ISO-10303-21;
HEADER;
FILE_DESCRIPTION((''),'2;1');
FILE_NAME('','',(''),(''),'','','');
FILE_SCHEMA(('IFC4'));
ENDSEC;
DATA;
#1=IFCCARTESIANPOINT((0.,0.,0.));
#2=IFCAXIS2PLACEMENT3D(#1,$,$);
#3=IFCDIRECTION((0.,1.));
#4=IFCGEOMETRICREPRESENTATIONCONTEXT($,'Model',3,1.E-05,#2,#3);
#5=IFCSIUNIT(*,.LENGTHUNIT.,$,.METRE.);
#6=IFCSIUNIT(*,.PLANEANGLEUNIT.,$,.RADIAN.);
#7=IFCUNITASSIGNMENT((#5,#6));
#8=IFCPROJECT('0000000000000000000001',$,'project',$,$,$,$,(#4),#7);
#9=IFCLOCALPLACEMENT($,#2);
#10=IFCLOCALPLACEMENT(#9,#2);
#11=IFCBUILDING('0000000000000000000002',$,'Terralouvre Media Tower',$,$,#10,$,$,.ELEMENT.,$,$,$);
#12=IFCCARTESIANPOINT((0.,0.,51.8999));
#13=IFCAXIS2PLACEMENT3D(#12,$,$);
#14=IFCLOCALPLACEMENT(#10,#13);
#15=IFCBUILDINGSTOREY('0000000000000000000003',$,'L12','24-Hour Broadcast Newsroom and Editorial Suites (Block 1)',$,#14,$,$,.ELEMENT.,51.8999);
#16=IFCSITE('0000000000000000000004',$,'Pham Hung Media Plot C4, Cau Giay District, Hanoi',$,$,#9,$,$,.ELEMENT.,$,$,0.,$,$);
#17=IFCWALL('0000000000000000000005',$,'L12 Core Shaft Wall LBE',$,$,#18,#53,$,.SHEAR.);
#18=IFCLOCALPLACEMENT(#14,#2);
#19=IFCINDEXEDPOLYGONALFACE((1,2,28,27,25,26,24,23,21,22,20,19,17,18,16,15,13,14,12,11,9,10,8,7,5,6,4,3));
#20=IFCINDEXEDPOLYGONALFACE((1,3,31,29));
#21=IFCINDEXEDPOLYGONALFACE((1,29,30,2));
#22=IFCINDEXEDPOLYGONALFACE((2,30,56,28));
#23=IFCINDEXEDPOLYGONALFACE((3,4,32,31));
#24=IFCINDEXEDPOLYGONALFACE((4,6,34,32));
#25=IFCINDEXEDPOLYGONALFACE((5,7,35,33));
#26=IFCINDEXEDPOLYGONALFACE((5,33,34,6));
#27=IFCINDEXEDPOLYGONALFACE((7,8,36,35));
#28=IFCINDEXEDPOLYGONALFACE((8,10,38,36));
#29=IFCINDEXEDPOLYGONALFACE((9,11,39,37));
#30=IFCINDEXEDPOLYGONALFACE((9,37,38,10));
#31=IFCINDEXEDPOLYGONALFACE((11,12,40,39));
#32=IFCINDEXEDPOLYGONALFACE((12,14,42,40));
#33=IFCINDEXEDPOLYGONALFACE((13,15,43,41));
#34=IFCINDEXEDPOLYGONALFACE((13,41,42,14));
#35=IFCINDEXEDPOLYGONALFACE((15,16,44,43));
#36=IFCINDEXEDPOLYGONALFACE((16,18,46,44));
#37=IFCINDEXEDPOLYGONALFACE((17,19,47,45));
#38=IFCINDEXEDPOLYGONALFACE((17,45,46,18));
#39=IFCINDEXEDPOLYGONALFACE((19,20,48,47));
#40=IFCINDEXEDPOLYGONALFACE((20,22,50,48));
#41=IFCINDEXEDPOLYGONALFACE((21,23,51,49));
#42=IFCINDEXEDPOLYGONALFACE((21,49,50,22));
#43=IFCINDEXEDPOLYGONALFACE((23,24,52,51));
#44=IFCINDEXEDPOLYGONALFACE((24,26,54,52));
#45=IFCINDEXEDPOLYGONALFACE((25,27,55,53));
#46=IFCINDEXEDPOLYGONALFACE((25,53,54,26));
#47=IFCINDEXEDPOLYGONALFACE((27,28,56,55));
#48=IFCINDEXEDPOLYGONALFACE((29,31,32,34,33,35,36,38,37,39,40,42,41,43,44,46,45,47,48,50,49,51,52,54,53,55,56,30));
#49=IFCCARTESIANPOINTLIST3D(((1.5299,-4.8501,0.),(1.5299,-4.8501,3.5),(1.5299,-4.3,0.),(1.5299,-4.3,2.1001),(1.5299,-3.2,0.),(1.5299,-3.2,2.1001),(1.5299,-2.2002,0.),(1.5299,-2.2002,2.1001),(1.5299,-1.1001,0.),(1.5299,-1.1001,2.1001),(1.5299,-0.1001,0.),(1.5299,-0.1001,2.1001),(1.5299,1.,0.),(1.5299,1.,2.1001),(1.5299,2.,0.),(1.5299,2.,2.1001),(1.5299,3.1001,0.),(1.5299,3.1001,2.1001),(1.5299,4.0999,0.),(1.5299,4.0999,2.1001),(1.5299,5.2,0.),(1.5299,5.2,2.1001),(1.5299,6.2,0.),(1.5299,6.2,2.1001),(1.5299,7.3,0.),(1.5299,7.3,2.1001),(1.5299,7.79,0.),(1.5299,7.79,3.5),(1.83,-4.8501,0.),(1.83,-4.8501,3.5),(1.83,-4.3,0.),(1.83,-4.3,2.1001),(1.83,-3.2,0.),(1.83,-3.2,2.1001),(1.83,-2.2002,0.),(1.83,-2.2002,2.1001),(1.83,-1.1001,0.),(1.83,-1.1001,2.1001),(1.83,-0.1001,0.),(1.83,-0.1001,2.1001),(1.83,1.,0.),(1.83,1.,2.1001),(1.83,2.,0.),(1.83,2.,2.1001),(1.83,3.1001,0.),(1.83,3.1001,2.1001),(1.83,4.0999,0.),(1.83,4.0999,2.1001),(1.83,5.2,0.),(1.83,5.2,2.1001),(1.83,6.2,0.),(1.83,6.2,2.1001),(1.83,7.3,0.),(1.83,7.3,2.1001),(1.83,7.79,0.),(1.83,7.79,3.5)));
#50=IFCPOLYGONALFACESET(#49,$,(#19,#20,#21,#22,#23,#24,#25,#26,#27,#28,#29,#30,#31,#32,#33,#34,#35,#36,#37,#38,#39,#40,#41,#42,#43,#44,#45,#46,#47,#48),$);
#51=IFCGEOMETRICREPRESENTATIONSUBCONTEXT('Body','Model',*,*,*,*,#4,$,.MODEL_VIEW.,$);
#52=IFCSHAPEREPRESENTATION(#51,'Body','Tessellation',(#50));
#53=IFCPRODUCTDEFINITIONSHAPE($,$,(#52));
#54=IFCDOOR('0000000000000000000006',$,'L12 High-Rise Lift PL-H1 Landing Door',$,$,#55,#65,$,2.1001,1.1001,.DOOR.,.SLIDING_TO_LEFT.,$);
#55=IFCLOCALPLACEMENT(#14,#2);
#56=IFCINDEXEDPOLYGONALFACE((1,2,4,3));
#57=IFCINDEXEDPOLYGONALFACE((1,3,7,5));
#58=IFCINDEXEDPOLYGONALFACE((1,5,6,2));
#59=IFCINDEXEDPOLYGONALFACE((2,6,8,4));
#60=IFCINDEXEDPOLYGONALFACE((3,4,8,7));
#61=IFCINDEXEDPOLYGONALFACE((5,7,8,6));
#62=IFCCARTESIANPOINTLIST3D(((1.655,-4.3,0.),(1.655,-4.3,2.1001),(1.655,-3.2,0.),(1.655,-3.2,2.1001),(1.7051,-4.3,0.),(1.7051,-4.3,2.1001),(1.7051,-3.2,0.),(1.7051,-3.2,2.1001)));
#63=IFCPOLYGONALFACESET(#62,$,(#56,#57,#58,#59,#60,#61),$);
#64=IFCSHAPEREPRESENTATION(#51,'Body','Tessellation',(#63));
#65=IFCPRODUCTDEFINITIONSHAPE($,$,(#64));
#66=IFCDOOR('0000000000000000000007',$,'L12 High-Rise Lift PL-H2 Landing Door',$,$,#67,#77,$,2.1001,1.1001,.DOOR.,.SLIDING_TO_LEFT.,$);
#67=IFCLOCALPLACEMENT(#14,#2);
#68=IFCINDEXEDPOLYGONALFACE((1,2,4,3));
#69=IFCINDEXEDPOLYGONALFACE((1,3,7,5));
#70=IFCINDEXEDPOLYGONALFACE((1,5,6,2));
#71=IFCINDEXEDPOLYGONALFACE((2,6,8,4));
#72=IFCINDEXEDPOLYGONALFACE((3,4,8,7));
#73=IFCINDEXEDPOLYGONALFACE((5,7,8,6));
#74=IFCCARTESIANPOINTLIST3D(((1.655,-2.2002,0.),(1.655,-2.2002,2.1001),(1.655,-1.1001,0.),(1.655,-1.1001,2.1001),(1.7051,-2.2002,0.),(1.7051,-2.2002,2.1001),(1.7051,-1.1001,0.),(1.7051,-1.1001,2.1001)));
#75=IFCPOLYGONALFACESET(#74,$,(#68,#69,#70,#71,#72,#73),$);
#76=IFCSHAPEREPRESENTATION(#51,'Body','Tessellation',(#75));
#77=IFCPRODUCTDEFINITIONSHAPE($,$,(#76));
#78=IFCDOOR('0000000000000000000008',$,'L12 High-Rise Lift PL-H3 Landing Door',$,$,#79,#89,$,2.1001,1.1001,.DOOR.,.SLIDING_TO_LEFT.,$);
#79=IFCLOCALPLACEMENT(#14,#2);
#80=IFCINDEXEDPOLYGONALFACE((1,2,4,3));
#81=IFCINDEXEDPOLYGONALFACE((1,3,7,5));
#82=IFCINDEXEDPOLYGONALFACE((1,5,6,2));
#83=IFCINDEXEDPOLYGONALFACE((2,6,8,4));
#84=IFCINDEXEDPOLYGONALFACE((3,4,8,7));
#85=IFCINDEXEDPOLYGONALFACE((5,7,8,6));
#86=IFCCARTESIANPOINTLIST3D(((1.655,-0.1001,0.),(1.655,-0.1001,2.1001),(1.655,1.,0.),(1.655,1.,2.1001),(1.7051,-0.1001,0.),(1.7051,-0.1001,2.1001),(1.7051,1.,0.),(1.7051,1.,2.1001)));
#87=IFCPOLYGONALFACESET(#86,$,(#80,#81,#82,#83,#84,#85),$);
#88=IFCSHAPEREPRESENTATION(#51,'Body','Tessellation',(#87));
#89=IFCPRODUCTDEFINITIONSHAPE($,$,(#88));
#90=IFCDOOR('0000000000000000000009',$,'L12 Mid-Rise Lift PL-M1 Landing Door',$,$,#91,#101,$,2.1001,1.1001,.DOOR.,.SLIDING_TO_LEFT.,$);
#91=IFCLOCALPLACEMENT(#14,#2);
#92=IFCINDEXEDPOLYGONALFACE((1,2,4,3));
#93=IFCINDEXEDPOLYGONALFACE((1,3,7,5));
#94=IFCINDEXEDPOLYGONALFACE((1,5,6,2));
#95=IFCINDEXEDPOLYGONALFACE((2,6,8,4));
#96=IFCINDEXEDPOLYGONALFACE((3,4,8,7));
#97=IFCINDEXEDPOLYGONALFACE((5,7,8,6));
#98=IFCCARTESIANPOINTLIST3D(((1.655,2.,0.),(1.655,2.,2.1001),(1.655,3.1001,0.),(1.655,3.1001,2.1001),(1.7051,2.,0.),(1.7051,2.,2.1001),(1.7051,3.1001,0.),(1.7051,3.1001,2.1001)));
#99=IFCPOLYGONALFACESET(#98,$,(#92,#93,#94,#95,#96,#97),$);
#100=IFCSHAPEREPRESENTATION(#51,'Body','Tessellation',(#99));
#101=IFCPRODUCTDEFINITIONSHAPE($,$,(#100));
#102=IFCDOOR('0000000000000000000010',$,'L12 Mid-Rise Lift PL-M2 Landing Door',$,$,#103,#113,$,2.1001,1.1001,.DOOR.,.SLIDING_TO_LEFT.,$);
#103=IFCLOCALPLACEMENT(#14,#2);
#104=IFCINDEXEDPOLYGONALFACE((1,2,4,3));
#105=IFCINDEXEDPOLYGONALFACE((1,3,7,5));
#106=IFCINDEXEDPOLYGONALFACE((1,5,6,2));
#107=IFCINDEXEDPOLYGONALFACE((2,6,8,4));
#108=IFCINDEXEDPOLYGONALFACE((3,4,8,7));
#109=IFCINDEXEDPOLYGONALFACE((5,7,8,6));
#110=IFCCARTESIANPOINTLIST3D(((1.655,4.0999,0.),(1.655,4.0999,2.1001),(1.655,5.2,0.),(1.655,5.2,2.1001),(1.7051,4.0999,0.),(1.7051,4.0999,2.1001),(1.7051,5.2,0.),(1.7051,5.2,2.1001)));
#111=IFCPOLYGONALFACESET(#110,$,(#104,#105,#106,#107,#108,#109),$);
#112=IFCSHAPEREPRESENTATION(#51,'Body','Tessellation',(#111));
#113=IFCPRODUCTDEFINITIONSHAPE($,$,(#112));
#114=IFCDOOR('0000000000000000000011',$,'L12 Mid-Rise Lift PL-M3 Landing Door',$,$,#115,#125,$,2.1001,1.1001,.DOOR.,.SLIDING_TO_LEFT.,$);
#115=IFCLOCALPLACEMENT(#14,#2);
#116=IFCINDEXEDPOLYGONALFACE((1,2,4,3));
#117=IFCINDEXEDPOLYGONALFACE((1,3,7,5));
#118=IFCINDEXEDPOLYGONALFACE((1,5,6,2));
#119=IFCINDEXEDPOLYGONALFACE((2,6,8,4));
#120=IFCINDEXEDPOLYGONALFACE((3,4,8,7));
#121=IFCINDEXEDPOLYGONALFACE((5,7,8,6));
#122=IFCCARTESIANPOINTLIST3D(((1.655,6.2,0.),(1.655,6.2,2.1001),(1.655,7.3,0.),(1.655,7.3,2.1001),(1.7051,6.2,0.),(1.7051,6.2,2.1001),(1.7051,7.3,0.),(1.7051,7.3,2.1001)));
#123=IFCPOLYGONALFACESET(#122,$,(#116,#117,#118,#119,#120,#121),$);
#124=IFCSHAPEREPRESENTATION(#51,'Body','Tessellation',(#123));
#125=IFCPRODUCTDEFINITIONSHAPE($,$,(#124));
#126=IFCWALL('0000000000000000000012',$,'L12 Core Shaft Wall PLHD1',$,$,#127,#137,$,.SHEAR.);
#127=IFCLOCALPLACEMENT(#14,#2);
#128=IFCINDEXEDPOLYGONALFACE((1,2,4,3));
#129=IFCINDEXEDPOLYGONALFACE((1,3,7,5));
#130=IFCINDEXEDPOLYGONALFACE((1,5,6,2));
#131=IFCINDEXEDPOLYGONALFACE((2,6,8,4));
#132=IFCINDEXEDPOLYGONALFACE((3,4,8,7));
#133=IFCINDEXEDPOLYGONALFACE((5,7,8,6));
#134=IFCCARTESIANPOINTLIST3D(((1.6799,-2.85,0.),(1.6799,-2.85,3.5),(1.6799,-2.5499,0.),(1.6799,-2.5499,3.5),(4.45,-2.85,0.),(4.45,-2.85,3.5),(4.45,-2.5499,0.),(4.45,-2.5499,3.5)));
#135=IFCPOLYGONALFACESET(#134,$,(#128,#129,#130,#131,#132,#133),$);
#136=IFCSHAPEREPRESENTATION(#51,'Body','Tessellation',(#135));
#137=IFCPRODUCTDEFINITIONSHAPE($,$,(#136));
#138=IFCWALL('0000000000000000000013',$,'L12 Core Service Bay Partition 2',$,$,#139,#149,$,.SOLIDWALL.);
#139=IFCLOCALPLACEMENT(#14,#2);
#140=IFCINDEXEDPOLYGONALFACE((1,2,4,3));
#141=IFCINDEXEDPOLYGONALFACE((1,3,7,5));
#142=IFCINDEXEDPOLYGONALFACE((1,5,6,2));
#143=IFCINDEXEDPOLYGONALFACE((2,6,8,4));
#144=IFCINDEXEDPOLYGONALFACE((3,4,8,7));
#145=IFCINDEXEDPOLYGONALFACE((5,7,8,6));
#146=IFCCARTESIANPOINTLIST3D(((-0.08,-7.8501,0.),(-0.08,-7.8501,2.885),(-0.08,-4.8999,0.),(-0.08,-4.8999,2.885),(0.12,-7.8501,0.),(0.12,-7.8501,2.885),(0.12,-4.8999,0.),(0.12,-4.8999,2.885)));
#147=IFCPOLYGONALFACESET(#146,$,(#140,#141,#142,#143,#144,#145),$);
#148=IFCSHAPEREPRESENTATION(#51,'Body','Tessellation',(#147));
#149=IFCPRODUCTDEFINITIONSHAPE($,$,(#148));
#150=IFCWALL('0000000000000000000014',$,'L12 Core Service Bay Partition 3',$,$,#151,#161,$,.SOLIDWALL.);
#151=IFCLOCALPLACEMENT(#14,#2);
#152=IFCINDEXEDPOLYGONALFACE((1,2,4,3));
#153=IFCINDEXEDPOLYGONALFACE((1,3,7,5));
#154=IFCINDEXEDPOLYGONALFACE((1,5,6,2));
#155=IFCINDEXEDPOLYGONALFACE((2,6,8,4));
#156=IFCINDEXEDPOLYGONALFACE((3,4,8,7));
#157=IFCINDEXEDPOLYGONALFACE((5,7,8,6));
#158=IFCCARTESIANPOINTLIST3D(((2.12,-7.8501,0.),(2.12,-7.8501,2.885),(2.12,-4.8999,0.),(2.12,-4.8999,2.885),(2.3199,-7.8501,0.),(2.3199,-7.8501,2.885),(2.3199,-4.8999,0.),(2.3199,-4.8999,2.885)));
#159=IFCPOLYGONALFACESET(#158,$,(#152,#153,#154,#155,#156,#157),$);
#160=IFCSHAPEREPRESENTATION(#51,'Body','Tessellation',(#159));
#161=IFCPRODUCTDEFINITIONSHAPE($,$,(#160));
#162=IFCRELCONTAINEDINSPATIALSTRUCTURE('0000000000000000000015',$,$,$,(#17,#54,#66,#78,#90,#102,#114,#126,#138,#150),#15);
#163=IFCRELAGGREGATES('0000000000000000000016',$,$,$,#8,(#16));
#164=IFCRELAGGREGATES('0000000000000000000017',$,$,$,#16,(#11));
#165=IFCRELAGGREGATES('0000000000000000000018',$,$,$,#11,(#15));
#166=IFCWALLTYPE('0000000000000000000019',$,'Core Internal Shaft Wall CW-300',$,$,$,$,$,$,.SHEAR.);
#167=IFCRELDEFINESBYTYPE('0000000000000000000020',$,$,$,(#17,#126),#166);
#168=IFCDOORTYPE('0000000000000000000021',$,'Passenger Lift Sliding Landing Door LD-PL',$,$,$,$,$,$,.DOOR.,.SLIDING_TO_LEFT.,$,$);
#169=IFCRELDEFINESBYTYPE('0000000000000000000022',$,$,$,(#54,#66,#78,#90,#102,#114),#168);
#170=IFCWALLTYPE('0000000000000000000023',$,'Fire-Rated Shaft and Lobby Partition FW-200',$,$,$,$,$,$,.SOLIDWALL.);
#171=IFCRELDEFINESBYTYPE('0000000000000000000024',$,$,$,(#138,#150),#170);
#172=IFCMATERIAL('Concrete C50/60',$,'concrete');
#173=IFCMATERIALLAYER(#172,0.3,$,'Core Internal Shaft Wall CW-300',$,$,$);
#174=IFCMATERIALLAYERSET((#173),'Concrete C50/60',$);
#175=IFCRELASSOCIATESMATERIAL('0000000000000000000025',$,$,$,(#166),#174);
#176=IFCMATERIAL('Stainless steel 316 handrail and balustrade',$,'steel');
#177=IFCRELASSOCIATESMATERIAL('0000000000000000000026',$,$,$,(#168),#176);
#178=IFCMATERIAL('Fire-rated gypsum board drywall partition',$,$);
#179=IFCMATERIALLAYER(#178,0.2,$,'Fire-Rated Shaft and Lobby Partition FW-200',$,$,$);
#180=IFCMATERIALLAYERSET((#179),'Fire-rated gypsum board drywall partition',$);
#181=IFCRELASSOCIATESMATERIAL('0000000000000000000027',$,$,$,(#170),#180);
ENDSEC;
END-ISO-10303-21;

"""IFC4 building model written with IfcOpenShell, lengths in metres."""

from ifc_helpers import new_model, si_unit, direction, frame, frame_2d, origin, place, context, subcontext, project, spatial, rectangle, extrude, material, layer, layer_set, type_object, element, fill, save


model = new_model("IFC4")

# Units and contexts
model_context = context("Model", 3, precision=1e-05, world=origin(), true_north=direction((0.0, 1.0)))
body_context = subcontext(model_context, "Body", "Model", "MODEL_VIEW")
ifc_project = project(units=[si_unit("LENGTHUNIT", "METRE"), si_unit("PLANEANGLEUNIT", "RADIAN")], contexts=[model_context])

# Site, building, storey
site_placement = place(None, origin())
site = spatial("IfcSite", under=ifc_project, at=site_placement, Name="Pham Hung Media Plot C4, Cau Giay District, Hanoi", CompositionType="ELEMENT", RefElevation=0.0)
building_placement = place(site_placement, origin())
building = spatial("IfcBuilding", under=site, at=building_placement, Name="Terralouvre Media Tower", CompositionType="ELEMENT")
storey_placement = place(building_placement, frame((0.0, 0.0, 51.8999)))
storey = spatial("IfcBuildingStorey", under=building, at=storey_placement, Name="L12", Description="24-Hour Broadcast Newsroom and Editorial Suites (Block 1)", CompositionType="ELEMENT", Elevation=51.8999)

# Shared definitions
ifc_material_1 = material(Name="Concrete C50/60", Category="concrete")
ifc_layer_1 = layer(ifc_material_1, 0.3, Name="Core Internal Shaft Wall CW-300")
ifc_layer_set_1 = layer_set([ifc_layer_1], Name="Concrete C50/60")
wall_type_1 = type_object("IfcWallType", Name="Core Internal Shaft Wall CW-300", PredefinedType="SHEAR", material=ifc_layer_set_1)

# Wall, openings, doors
wall_1_placement = place(storey_placement, frame((1.6799, -4.8501, 0.0), z_axis=(0.0, 0.0, 1.0), x_axis=(0.0, 1.0, 0.0)))
wall_1 = element("IfcWall", 1, at=wall_1_placement, inside=storey, type_object=wall_type_1, Name="L12 Core Shaft Wall LBE", PredefinedType="SHEAR", context=body_context, shape_type="SweptSolid", body=[
    extrude(rectangle(XDim=12.6401, YDim=0.3, at=frame_2d((6.3201, 0.0))), origin(), (0.0, 0.0, 1.0), 3.5),
])
opening_1_placement = place(wall_1_placement, frame((0.55, 0.0, 0.0)))
opening_1 = element("IfcOpeningElement", 2, at=opening_1_placement, cuts=wall_1, PredefinedType="OPENING", context=body_context, shape_type="SweptSolid", body=[
    extrude(rectangle(XDim=1.1001, YDim=2.1001, at=frame_2d((0.55, 1.05))), frame((0.0, 0.1599, 0.0), z_axis=(0.0, -1.0, 0.0), x_axis=(1.0, 0.0, 0.0)), (0.0, 0.0, 1.0), 0.3201),
])
opening_2_placement = place(wall_1_placement, frame((2.6499, 0.0, 0.0)))
opening_2 = element("IfcOpeningElement", 3, at=opening_2_placement, cuts=wall_1, PredefinedType="OPENING", context=body_context, shape_type="SweptSolid", body=[
    extrude(rectangle(XDim=1.1001, YDim=2.1001, at=frame_2d((0.55, 1.05))), frame((0.0, 0.1599, 0.0), z_axis=(0.0, -1.0, 0.0), x_axis=(1.0, 0.0, 0.0)), (0.0, 0.0, 1.0), 0.3201),
])
opening_3_placement = place(wall_1_placement, frame((4.75, 0.0, 0.0)))
opening_3 = element("IfcOpeningElement", 4, at=opening_3_placement, cuts=wall_1, PredefinedType="OPENING", context=body_context, shape_type="SweptSolid", body=[
    extrude(rectangle(XDim=1.1001, YDim=2.1001, at=frame_2d((0.55, 1.05))), frame((0.0, 0.1599, 0.0), z_axis=(0.0, -1.0, 0.0), x_axis=(1.0, 0.0, 0.0)), (0.0, 0.0, 1.0), 0.3201),
])
opening_4_placement = place(wall_1_placement, frame((6.8501, 0.0, 0.0)))
opening_4 = element("IfcOpeningElement", 5, at=opening_4_placement, cuts=wall_1, PredefinedType="OPENING", context=body_context, shape_type="SweptSolid", body=[
    extrude(rectangle(XDim=1.1001, YDim=2.1001, at=frame_2d((0.55, 1.05))), frame((0.0, 0.1599, 0.0), z_axis=(0.0, -1.0, 0.0), x_axis=(1.0, 0.0, 0.0)), (0.0, 0.0, 1.0), 0.3201),
])
opening_5_placement = place(wall_1_placement, frame((8.95, 0.0, 0.0)))
opening_5 = element("IfcOpeningElement", 6, at=opening_5_placement, cuts=wall_1, PredefinedType="OPENING", context=body_context, shape_type="SweptSolid", body=[
    extrude(rectangle(XDim=1.1001, YDim=2.1001, at=frame_2d((0.55, 1.05))), frame((0.0, 0.1599, 0.0), z_axis=(0.0, -1.0, 0.0), x_axis=(1.0, 0.0, 0.0)), (0.0, 0.0, 1.0), 0.3201),
])
opening_6_placement = place(wall_1_placement, frame((11.05, 0.0, 0.0)))
opening_6 = element("IfcOpeningElement", 7, at=opening_6_placement, cuts=wall_1, PredefinedType="OPENING", context=body_context, shape_type="SweptSolid", body=[
    extrude(rectangle(XDim=1.1001, YDim=2.1001, at=frame_2d((0.55, 1.05))), frame((0.0, 0.1599, 0.0), z_axis=(0.0, -1.0, 0.0), x_axis=(1.0, 0.0, 0.0)), (0.0, 0.0, 1.0), 0.3201),
])
ifc_material_2 = material(Name="Stainless steel 316 handrail and balustrade", Category="steel")
door_type = type_object("IfcDoorType", Name="Passenger Lift Sliding Landing Door LD-PL", OperationType="SLIDING_TO_LEFT", PredefinedType="DOOR", material=ifc_material_2)
door_1_placement = place(opening_1_placement, origin())
door_1 = element("IfcDoor", 8, at=door_1_placement, inside=storey, type_object=door_type, Name="L12 High-Rise Lift PL-H1 Landing Door", OperationType="SLIDING_TO_LEFT", OverallHeight=2.1001, OverallWidth=1.1001, PredefinedType="DOOR", context=body_context, shape_type="SweptSolid", body=[
    extrude(rectangle(XDim=1.1001, YDim=2.1001, at=frame_2d((0.55, 1.05))), frame((0.0, 0.0249, 0.0), z_axis=(0.0, -1.0, 0.0), x_axis=(1.0, 0.0, 0.0)), (0.0, 0.0, 1.0), 0.05),
])
fill(opening_1, door_1)
door_2_placement = place(opening_2_placement, origin())
door_2 = element("IfcDoor", 9, at=door_2_placement, inside=storey, type_object=door_type, Name="L12 High-Rise Lift PL-H2 Landing Door", OperationType="SLIDING_TO_LEFT", OverallHeight=2.1001, OverallWidth=1.1001, PredefinedType="DOOR", context=body_context, shape_type="SweptSolid", body=[
    extrude(rectangle(XDim=1.1001, YDim=2.1001, at=frame_2d((0.55, 1.05))), frame((0.0, 0.0249, 0.0), z_axis=(0.0, -1.0, 0.0), x_axis=(1.0, 0.0, 0.0)), (0.0, 0.0, 1.0), 0.05),
])
fill(opening_2, door_2)
door_3_placement = place(opening_3_placement, origin())
door_3 = element("IfcDoor", 10, at=door_3_placement, inside=storey, type_object=door_type, Name="L12 High-Rise Lift PL-H3 Landing Door", OperationType="SLIDING_TO_LEFT", OverallHeight=2.1001, OverallWidth=1.1001, PredefinedType="DOOR", context=body_context, shape_type="SweptSolid", body=[
    extrude(rectangle(XDim=1.1001, YDim=2.1001, at=frame_2d((0.55, 1.05))), frame((0.0, 0.0249, 0.0), z_axis=(0.0, -1.0, 0.0), x_axis=(1.0, 0.0, 0.0)), (0.0, 0.0, 1.0), 0.05),
])
fill(opening_3, door_3)
door_4_placement = place(opening_4_placement, origin())
door_4 = element("IfcDoor", 11, at=door_4_placement, inside=storey, type_object=door_type, Name="L12 Mid-Rise Lift PL-M1 Landing Door", OperationType="SLIDING_TO_LEFT", OverallHeight=2.1001, OverallWidth=1.1001, PredefinedType="DOOR", context=body_context, shape_type="SweptSolid", body=[
    extrude(rectangle(XDim=1.1001, YDim=2.1001, at=frame_2d((0.55, 1.05))), frame((0.0, 0.0249, 0.0), z_axis=(0.0, -1.0, 0.0), x_axis=(1.0, 0.0, 0.0)), (0.0, 0.0, 1.0), 0.05),
])
fill(opening_4, door_4)
door_5_placement = place(opening_5_placement, origin())
door_5 = element("IfcDoor", 12, at=door_5_placement, inside=storey, type_object=door_type, Name="L12 Mid-Rise Lift PL-M2 Landing Door", OperationType="SLIDING_TO_LEFT", OverallHeight=2.1001, OverallWidth=1.1001, PredefinedType="DOOR", context=body_context, shape_type="SweptSolid", body=[
    extrude(rectangle(XDim=1.1001, YDim=2.1001, at=frame_2d((0.55, 1.05))), frame((0.0, 0.0249, 0.0), z_axis=(0.0, -1.0, 0.0), x_axis=(1.0, 0.0, 0.0)), (0.0, 0.0, 1.0), 0.05),
])
fill(opening_5, door_5)
door_6_placement = place(opening_6_placement, origin())
door_6 = element("IfcDoor", 13, at=door_6_placement, inside=storey, type_object=door_type, Name="L12 Mid-Rise Lift PL-M3 Landing Door", OperationType="SLIDING_TO_LEFT", OverallHeight=2.1001, OverallWidth=1.1001, PredefinedType="DOOR", context=body_context, shape_type="SweptSolid", body=[
    extrude(rectangle(XDim=1.1001, YDim=2.1001, at=frame_2d((0.55, 1.05))), frame((0.0, 0.0249, 0.0), z_axis=(0.0, -1.0, 0.0), x_axis=(1.0, 0.0, 0.0)), (0.0, 0.0, 1.0), 0.05),
])
fill(opening_6, door_6)

# Walls
wall_2_placement = place(storey_placement, frame((1.6799, -2.7, 0.0), z_axis=(0.0, 0.0, 1.0), x_axis=(1.0, 0.0, 0.0)))
element("IfcWall", 14, at=wall_2_placement, inside=storey, type_object=wall_type_1, Name="L12 Core Shaft Wall PLHD1", PredefinedType="SHEAR", context=body_context, shape_type="SweptSolid", body=[
    extrude(rectangle(XDim=2.77, YDim=0.3, at=frame_2d((1.385, 0.0))), origin(), (0.0, 0.0, 1.0), 3.5),
])
ifc_material_3 = material(Name="Fire-rated gypsum board drywall partition")
ifc_layer_2 = layer(ifc_material_3, 0.2, Name="Fire-Rated Shaft and Lobby Partition FW-200")
ifc_layer_set_2 = layer_set([ifc_layer_2], Name="Fire-rated gypsum board drywall partition")
wall_type_2 = type_object("IfcWallType", Name="Fire-Rated Shaft and Lobby Partition FW-200", PredefinedType="SOLIDWALL", material=ifc_layer_set_2)
for number, where, z_axis, x_axis, name in (
    (15, (0.02, -7.8501, 0.0), (0.0, 0.0, 1.0), (0.0, 1.0, 0.0), "L12 Core Service Bay Partition 2"),
    (16, (2.22, -7.8501, 0.0), (0.0, 0.0, 1.0), (0.0, 1.0, 0.0), "L12 Core Service Bay Partition 3"),
):
    element("IfcWall", number, at=place(storey_placement, frame(where, z_axis=z_axis, x_axis=x_axis)), inside=storey, type_object=wall_type_2, Name=name, PredefinedType="SOLIDWALL", context=body_context, shape_type="SweptSolid", body=[
        extrude(rectangle(XDim=2.9502, YDim=0.2, at=frame_2d((1.4751, 0.0))), origin(), (0.0, 0.0, 1.0), 2.885),
    ])

save(model, "model.ifc")
